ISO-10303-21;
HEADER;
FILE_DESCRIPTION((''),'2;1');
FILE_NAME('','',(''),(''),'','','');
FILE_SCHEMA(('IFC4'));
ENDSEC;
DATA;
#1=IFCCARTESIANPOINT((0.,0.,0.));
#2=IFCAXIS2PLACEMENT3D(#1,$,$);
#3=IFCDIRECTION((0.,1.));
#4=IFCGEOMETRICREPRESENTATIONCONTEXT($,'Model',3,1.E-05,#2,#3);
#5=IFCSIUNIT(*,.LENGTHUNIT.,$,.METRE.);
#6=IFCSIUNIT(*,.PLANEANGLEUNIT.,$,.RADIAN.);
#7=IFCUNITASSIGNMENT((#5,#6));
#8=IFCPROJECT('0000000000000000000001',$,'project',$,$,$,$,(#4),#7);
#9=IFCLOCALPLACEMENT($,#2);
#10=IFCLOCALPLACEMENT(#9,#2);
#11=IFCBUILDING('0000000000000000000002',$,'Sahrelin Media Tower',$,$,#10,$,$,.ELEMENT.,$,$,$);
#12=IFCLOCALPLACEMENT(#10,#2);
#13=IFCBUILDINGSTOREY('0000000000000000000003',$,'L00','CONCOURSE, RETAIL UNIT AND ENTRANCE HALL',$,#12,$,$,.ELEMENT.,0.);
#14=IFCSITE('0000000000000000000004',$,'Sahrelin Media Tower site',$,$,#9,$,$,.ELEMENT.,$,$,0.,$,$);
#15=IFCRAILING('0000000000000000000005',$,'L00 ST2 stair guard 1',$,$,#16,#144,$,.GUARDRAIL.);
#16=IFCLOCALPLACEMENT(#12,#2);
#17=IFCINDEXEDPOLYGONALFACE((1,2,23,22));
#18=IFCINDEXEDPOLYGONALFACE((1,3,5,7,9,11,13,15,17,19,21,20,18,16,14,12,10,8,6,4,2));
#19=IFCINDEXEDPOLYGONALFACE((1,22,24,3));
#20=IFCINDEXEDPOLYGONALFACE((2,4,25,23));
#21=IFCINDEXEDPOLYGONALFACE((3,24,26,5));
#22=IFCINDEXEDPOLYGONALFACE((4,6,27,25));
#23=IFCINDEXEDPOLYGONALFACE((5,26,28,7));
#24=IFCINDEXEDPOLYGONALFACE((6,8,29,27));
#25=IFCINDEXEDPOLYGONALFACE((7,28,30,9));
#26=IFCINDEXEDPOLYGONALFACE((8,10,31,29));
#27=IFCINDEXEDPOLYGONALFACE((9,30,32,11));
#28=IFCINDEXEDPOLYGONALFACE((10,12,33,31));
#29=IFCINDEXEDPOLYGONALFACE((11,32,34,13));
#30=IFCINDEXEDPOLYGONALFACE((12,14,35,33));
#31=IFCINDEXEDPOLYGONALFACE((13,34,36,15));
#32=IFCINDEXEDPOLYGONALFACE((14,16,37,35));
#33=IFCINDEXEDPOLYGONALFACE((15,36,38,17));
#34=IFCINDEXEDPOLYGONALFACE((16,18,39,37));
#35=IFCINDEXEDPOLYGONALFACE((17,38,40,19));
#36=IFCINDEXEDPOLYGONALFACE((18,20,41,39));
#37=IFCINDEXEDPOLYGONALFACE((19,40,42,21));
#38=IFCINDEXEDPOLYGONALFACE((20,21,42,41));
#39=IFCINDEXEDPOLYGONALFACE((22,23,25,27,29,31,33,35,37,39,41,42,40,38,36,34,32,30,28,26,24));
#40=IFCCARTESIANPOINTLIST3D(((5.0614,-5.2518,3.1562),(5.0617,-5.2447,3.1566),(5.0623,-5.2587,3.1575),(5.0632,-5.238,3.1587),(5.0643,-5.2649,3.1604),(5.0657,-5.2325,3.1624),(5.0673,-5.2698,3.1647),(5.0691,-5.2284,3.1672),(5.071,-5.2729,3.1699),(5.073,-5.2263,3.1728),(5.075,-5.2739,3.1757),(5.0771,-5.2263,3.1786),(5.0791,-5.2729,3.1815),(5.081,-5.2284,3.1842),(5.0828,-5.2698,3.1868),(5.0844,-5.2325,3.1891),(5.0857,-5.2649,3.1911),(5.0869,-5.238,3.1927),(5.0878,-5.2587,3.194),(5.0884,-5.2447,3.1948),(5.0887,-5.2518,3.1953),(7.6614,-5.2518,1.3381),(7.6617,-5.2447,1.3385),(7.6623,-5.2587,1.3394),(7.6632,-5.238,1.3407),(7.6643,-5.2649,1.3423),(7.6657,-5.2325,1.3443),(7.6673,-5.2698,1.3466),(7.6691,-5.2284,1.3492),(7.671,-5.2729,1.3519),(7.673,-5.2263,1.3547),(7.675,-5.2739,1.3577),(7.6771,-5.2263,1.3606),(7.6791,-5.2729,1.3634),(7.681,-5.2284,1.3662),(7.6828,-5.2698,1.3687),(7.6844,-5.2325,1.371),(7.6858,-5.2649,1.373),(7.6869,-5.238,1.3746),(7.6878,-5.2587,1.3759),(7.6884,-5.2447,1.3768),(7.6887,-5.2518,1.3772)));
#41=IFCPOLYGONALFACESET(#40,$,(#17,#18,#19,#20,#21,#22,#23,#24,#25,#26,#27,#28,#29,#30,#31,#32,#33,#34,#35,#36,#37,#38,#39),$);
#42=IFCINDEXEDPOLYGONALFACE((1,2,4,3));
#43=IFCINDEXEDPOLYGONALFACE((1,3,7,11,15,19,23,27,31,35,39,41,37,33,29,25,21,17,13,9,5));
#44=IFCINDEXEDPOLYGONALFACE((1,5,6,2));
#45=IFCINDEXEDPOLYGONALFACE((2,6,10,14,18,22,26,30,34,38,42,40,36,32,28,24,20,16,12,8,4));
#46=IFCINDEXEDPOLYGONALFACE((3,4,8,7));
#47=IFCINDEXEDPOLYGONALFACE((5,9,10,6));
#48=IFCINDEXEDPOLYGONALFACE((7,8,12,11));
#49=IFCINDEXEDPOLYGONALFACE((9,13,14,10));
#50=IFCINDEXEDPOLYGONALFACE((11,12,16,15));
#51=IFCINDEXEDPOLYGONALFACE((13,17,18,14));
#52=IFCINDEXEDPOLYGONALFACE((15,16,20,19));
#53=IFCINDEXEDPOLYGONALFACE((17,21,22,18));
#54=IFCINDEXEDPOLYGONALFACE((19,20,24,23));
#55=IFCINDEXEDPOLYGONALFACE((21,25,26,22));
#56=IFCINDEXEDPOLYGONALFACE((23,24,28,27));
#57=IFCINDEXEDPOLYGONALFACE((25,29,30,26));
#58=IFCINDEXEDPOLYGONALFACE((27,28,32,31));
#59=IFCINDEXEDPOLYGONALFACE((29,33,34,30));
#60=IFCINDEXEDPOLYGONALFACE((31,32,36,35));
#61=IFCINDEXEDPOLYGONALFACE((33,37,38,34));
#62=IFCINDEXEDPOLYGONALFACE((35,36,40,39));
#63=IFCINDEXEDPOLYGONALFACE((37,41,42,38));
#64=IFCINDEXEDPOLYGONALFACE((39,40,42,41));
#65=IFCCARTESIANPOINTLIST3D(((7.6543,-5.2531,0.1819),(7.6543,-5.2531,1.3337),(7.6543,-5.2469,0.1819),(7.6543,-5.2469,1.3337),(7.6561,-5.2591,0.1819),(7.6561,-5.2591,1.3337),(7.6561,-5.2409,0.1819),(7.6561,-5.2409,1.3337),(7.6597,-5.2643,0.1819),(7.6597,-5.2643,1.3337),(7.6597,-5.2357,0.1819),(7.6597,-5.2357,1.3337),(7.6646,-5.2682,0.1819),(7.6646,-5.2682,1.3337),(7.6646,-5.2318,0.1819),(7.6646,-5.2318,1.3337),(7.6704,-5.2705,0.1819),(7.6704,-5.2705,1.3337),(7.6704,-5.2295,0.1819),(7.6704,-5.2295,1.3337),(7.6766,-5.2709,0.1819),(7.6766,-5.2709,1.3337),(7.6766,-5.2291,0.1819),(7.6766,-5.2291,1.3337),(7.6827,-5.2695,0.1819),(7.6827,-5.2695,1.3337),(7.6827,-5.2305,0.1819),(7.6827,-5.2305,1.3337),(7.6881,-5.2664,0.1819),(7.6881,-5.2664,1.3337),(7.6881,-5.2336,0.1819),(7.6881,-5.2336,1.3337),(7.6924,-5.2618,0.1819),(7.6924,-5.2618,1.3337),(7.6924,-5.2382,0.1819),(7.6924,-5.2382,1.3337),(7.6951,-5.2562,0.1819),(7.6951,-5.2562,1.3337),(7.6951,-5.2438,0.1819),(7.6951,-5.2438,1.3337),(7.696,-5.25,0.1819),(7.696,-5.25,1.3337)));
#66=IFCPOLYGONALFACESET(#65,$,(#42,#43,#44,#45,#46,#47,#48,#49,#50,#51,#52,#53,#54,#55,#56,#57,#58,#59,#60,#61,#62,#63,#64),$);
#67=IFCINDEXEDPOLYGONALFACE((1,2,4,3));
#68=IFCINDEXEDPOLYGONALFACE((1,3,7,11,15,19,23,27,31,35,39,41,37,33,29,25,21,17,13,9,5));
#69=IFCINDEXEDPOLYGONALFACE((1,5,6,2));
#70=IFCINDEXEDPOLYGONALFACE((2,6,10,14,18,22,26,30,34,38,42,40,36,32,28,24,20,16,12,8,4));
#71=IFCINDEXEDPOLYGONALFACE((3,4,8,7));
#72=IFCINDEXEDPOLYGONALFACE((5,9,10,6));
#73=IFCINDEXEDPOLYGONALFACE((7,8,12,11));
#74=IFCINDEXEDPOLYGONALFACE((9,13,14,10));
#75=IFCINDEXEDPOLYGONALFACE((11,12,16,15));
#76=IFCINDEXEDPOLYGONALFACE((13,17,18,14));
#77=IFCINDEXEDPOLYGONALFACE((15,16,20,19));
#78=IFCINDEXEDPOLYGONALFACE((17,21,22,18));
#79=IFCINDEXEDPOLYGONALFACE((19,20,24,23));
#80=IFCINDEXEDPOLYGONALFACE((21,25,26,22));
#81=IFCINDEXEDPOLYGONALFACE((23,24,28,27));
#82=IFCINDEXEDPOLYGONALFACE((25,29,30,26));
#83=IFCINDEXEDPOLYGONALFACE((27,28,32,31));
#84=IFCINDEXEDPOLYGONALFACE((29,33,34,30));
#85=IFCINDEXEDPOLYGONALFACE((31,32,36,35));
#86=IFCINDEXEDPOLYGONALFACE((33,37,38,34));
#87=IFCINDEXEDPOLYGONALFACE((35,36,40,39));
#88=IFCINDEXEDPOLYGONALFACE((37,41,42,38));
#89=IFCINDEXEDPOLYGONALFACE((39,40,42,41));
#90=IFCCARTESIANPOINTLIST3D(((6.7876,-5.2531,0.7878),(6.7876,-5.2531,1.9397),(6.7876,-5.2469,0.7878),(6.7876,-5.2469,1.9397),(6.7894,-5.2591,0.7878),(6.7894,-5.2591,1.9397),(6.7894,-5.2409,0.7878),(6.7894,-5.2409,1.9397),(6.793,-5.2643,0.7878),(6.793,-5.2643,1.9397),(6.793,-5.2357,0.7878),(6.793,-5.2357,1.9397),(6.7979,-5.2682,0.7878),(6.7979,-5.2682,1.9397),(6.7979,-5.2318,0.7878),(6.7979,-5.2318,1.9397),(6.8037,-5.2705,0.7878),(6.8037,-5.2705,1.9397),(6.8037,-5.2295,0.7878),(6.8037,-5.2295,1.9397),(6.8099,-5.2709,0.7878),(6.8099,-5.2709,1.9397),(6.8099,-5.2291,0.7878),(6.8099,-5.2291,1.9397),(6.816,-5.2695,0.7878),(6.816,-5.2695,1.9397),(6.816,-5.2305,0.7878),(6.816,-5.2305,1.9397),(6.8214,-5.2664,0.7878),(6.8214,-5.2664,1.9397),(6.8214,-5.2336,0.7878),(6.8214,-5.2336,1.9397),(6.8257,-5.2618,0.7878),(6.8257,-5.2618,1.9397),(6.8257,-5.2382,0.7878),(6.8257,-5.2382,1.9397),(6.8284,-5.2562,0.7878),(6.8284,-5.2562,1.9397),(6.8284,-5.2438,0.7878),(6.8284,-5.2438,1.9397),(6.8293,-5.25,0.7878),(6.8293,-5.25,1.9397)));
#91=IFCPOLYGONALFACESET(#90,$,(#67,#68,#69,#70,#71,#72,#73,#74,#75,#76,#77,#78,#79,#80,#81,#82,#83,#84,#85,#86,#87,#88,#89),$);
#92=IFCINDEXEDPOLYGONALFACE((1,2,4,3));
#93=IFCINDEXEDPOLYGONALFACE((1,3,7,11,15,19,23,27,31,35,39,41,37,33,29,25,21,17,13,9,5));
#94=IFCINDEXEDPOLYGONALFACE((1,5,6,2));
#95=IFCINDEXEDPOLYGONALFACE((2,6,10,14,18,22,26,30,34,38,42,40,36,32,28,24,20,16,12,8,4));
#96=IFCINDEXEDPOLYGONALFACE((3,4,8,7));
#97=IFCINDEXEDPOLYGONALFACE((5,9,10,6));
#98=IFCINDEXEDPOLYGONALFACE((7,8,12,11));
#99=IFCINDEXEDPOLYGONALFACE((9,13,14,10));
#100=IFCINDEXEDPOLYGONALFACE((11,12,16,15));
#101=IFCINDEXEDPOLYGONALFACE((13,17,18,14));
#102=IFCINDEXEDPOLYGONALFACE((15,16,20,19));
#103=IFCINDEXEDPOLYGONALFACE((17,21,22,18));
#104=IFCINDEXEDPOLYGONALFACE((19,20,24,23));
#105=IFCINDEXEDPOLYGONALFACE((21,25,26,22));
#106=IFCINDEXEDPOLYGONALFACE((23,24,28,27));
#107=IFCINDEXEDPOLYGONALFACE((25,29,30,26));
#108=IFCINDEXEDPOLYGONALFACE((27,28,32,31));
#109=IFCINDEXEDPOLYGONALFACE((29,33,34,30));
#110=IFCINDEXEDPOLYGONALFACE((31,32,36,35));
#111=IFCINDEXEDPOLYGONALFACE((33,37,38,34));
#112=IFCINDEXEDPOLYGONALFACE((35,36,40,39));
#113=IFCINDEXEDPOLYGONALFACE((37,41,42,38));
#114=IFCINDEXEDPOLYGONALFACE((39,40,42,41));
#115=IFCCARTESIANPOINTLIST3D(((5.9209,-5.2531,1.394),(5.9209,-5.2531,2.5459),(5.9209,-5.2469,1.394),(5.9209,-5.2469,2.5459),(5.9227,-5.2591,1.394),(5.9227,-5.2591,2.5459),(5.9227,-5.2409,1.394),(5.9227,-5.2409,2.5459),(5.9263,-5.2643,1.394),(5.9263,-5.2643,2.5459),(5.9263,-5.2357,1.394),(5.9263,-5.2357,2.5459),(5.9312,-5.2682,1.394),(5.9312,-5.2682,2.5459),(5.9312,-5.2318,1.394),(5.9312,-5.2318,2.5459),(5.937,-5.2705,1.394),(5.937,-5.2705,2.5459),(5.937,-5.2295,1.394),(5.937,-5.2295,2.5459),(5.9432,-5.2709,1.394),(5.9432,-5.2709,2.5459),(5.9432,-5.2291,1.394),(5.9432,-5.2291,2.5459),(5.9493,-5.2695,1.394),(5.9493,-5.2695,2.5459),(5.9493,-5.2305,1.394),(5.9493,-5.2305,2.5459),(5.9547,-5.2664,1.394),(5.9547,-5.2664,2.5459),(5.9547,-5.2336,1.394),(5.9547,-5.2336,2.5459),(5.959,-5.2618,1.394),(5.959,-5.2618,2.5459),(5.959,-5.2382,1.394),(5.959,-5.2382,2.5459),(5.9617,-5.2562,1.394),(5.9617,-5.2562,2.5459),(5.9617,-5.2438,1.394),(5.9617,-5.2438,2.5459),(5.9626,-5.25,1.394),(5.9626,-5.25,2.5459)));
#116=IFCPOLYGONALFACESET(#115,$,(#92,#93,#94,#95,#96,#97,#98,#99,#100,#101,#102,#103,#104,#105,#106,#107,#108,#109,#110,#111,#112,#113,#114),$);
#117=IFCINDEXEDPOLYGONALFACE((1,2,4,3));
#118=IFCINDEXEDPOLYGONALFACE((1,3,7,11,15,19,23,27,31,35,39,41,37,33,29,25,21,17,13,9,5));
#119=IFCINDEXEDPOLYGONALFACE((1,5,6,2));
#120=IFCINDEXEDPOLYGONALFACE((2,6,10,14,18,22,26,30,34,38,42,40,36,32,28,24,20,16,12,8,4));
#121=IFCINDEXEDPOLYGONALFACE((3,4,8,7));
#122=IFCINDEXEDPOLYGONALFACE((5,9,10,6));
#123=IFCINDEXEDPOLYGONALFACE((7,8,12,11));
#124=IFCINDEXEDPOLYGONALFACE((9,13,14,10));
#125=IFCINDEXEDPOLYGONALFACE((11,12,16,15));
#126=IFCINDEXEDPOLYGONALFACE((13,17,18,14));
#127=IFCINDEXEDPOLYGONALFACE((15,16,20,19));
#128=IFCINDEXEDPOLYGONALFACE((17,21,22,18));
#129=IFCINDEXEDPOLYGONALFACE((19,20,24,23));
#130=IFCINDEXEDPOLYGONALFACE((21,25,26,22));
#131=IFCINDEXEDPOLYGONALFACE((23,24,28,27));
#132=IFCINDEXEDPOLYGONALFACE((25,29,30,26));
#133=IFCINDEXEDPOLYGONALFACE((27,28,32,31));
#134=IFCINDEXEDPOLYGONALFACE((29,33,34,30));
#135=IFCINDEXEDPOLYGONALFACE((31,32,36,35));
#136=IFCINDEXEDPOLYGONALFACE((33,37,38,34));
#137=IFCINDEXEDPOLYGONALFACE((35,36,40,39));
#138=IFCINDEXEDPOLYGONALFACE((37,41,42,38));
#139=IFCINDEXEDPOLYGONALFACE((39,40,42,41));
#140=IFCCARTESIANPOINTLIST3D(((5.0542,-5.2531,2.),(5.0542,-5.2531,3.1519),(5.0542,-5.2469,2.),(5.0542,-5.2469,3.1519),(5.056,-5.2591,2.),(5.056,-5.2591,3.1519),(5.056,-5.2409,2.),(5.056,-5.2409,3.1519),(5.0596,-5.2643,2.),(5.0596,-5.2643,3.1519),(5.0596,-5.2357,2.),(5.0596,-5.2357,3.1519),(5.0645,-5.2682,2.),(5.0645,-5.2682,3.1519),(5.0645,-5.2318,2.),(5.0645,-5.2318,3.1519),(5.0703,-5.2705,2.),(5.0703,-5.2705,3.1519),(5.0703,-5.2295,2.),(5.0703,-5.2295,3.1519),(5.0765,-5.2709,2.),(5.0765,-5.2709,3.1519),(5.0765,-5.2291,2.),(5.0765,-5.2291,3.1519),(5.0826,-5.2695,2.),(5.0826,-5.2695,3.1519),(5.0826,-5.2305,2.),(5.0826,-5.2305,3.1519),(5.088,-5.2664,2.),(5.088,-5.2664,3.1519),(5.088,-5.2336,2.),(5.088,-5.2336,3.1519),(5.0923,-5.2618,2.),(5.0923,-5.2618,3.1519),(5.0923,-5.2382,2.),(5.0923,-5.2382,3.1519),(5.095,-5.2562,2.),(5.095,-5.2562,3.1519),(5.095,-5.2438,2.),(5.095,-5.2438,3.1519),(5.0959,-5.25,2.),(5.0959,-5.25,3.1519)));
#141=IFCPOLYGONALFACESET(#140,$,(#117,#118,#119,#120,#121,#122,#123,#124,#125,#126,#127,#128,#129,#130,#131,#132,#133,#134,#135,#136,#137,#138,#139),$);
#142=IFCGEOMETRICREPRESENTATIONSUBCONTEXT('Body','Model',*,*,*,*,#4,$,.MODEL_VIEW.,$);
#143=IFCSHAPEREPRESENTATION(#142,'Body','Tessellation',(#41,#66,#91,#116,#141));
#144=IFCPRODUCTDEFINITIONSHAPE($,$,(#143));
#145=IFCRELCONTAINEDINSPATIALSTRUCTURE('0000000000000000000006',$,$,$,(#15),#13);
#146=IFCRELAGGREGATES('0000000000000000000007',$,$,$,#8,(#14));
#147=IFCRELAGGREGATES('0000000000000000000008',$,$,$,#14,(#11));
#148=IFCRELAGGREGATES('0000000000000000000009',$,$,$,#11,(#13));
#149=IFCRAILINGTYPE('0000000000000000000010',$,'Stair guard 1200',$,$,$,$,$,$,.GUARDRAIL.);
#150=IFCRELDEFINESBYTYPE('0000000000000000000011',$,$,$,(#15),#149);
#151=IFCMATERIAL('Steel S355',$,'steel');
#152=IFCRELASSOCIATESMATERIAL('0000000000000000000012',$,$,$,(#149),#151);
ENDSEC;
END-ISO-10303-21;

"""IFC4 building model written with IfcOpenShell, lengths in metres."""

from ifc_helpers import new_model, si_unit, direction, frame, origin, origin_2d, place, context, subcontext, project, spatial, circle, extrude, material, type_object, element, save


model = new_model("IFC4")

# Units and contexts
model_context = context("Model", 3, precision=1e-05, world=origin(), true_north=direction((0.0, 1.0)))
body_context = subcontext(model_context, "Body", "Model", "MODEL_VIEW")
ifc_project = project(units=[si_unit("LENGTHUNIT", "METRE"), si_unit("PLANEANGLEUNIT", "RADIAN")], contexts=[model_context])

# Site, building, storey
site_placement = place(None, origin())
site = spatial("IfcSite", under=ifc_project, at=site_placement, Name="Sahrelin Media Tower site", CompositionType="ELEMENT", RefElevation=0.0)
building_placement = place(site_placement, origin())
building = spatial("IfcBuilding", under=site, at=building_placement, Name="Sahrelin Media Tower", CompositionType="ELEMENT")
storey_placement = place(building_placement, origin())
storey = spatial("IfcBuildingStorey", under=building, at=storey_placement, Name="L00", Description="CONCOURSE, RETAIL UNIT AND ENTRANCE HALL", CompositionType="ELEMENT", Elevation=0.0)

# Shared definitions
ifc_material_1 = material(Name="Steel S355", Category="steel")

# Railing
railing_type_1 = type_object("IfcRailingType", Name="Stair guard 1200", PredefinedType="GUARDRAIL", material=ifc_material_1)
railing_1_placement = place(storey_placement, frame((7.675, -5.25, 0.1819)))
element("IfcRailing", 1, at=railing_1_placement, inside=storey, type_object=railing_type_1, Name="L00 ST2 stair guard 1", PredefinedType="GUARDRAIL", context=body_context, shape_type="SweptSolid", body=[
    extrude(circle(Radius=0.0239, at=origin_2d()), frame((0.0, 0.0, 1.1758), z_axis=(-0.819521, 0.0, 0.573049), x_axis=(0.0, -1.0, 0.0)), (0.0, 0.0, 1.0), 3.1726),
    extrude(circle(Radius=0.021, at=origin_2d()), origin(), (0.0, 0.0, 1.0), 1.1519),
    extrude(circle(Radius=0.021, at=origin_2d()), frame((-0.8667, 0.0, 0.606)), (0.0, 0.0, 1.0), 1.1519),
    extrude(circle(Radius=0.021, at=origin_2d()), frame((-1.7334, 0.0, 1.2122)), (0.0, 0.0, 1.0), 1.1519),
    extrude(circle(Radius=0.021, at=origin_2d()), frame((-2.6001, 0.0, 1.8181)), (0.0, 0.0, 1.0), 1.1519),
])

save(model, "model.ifc")
